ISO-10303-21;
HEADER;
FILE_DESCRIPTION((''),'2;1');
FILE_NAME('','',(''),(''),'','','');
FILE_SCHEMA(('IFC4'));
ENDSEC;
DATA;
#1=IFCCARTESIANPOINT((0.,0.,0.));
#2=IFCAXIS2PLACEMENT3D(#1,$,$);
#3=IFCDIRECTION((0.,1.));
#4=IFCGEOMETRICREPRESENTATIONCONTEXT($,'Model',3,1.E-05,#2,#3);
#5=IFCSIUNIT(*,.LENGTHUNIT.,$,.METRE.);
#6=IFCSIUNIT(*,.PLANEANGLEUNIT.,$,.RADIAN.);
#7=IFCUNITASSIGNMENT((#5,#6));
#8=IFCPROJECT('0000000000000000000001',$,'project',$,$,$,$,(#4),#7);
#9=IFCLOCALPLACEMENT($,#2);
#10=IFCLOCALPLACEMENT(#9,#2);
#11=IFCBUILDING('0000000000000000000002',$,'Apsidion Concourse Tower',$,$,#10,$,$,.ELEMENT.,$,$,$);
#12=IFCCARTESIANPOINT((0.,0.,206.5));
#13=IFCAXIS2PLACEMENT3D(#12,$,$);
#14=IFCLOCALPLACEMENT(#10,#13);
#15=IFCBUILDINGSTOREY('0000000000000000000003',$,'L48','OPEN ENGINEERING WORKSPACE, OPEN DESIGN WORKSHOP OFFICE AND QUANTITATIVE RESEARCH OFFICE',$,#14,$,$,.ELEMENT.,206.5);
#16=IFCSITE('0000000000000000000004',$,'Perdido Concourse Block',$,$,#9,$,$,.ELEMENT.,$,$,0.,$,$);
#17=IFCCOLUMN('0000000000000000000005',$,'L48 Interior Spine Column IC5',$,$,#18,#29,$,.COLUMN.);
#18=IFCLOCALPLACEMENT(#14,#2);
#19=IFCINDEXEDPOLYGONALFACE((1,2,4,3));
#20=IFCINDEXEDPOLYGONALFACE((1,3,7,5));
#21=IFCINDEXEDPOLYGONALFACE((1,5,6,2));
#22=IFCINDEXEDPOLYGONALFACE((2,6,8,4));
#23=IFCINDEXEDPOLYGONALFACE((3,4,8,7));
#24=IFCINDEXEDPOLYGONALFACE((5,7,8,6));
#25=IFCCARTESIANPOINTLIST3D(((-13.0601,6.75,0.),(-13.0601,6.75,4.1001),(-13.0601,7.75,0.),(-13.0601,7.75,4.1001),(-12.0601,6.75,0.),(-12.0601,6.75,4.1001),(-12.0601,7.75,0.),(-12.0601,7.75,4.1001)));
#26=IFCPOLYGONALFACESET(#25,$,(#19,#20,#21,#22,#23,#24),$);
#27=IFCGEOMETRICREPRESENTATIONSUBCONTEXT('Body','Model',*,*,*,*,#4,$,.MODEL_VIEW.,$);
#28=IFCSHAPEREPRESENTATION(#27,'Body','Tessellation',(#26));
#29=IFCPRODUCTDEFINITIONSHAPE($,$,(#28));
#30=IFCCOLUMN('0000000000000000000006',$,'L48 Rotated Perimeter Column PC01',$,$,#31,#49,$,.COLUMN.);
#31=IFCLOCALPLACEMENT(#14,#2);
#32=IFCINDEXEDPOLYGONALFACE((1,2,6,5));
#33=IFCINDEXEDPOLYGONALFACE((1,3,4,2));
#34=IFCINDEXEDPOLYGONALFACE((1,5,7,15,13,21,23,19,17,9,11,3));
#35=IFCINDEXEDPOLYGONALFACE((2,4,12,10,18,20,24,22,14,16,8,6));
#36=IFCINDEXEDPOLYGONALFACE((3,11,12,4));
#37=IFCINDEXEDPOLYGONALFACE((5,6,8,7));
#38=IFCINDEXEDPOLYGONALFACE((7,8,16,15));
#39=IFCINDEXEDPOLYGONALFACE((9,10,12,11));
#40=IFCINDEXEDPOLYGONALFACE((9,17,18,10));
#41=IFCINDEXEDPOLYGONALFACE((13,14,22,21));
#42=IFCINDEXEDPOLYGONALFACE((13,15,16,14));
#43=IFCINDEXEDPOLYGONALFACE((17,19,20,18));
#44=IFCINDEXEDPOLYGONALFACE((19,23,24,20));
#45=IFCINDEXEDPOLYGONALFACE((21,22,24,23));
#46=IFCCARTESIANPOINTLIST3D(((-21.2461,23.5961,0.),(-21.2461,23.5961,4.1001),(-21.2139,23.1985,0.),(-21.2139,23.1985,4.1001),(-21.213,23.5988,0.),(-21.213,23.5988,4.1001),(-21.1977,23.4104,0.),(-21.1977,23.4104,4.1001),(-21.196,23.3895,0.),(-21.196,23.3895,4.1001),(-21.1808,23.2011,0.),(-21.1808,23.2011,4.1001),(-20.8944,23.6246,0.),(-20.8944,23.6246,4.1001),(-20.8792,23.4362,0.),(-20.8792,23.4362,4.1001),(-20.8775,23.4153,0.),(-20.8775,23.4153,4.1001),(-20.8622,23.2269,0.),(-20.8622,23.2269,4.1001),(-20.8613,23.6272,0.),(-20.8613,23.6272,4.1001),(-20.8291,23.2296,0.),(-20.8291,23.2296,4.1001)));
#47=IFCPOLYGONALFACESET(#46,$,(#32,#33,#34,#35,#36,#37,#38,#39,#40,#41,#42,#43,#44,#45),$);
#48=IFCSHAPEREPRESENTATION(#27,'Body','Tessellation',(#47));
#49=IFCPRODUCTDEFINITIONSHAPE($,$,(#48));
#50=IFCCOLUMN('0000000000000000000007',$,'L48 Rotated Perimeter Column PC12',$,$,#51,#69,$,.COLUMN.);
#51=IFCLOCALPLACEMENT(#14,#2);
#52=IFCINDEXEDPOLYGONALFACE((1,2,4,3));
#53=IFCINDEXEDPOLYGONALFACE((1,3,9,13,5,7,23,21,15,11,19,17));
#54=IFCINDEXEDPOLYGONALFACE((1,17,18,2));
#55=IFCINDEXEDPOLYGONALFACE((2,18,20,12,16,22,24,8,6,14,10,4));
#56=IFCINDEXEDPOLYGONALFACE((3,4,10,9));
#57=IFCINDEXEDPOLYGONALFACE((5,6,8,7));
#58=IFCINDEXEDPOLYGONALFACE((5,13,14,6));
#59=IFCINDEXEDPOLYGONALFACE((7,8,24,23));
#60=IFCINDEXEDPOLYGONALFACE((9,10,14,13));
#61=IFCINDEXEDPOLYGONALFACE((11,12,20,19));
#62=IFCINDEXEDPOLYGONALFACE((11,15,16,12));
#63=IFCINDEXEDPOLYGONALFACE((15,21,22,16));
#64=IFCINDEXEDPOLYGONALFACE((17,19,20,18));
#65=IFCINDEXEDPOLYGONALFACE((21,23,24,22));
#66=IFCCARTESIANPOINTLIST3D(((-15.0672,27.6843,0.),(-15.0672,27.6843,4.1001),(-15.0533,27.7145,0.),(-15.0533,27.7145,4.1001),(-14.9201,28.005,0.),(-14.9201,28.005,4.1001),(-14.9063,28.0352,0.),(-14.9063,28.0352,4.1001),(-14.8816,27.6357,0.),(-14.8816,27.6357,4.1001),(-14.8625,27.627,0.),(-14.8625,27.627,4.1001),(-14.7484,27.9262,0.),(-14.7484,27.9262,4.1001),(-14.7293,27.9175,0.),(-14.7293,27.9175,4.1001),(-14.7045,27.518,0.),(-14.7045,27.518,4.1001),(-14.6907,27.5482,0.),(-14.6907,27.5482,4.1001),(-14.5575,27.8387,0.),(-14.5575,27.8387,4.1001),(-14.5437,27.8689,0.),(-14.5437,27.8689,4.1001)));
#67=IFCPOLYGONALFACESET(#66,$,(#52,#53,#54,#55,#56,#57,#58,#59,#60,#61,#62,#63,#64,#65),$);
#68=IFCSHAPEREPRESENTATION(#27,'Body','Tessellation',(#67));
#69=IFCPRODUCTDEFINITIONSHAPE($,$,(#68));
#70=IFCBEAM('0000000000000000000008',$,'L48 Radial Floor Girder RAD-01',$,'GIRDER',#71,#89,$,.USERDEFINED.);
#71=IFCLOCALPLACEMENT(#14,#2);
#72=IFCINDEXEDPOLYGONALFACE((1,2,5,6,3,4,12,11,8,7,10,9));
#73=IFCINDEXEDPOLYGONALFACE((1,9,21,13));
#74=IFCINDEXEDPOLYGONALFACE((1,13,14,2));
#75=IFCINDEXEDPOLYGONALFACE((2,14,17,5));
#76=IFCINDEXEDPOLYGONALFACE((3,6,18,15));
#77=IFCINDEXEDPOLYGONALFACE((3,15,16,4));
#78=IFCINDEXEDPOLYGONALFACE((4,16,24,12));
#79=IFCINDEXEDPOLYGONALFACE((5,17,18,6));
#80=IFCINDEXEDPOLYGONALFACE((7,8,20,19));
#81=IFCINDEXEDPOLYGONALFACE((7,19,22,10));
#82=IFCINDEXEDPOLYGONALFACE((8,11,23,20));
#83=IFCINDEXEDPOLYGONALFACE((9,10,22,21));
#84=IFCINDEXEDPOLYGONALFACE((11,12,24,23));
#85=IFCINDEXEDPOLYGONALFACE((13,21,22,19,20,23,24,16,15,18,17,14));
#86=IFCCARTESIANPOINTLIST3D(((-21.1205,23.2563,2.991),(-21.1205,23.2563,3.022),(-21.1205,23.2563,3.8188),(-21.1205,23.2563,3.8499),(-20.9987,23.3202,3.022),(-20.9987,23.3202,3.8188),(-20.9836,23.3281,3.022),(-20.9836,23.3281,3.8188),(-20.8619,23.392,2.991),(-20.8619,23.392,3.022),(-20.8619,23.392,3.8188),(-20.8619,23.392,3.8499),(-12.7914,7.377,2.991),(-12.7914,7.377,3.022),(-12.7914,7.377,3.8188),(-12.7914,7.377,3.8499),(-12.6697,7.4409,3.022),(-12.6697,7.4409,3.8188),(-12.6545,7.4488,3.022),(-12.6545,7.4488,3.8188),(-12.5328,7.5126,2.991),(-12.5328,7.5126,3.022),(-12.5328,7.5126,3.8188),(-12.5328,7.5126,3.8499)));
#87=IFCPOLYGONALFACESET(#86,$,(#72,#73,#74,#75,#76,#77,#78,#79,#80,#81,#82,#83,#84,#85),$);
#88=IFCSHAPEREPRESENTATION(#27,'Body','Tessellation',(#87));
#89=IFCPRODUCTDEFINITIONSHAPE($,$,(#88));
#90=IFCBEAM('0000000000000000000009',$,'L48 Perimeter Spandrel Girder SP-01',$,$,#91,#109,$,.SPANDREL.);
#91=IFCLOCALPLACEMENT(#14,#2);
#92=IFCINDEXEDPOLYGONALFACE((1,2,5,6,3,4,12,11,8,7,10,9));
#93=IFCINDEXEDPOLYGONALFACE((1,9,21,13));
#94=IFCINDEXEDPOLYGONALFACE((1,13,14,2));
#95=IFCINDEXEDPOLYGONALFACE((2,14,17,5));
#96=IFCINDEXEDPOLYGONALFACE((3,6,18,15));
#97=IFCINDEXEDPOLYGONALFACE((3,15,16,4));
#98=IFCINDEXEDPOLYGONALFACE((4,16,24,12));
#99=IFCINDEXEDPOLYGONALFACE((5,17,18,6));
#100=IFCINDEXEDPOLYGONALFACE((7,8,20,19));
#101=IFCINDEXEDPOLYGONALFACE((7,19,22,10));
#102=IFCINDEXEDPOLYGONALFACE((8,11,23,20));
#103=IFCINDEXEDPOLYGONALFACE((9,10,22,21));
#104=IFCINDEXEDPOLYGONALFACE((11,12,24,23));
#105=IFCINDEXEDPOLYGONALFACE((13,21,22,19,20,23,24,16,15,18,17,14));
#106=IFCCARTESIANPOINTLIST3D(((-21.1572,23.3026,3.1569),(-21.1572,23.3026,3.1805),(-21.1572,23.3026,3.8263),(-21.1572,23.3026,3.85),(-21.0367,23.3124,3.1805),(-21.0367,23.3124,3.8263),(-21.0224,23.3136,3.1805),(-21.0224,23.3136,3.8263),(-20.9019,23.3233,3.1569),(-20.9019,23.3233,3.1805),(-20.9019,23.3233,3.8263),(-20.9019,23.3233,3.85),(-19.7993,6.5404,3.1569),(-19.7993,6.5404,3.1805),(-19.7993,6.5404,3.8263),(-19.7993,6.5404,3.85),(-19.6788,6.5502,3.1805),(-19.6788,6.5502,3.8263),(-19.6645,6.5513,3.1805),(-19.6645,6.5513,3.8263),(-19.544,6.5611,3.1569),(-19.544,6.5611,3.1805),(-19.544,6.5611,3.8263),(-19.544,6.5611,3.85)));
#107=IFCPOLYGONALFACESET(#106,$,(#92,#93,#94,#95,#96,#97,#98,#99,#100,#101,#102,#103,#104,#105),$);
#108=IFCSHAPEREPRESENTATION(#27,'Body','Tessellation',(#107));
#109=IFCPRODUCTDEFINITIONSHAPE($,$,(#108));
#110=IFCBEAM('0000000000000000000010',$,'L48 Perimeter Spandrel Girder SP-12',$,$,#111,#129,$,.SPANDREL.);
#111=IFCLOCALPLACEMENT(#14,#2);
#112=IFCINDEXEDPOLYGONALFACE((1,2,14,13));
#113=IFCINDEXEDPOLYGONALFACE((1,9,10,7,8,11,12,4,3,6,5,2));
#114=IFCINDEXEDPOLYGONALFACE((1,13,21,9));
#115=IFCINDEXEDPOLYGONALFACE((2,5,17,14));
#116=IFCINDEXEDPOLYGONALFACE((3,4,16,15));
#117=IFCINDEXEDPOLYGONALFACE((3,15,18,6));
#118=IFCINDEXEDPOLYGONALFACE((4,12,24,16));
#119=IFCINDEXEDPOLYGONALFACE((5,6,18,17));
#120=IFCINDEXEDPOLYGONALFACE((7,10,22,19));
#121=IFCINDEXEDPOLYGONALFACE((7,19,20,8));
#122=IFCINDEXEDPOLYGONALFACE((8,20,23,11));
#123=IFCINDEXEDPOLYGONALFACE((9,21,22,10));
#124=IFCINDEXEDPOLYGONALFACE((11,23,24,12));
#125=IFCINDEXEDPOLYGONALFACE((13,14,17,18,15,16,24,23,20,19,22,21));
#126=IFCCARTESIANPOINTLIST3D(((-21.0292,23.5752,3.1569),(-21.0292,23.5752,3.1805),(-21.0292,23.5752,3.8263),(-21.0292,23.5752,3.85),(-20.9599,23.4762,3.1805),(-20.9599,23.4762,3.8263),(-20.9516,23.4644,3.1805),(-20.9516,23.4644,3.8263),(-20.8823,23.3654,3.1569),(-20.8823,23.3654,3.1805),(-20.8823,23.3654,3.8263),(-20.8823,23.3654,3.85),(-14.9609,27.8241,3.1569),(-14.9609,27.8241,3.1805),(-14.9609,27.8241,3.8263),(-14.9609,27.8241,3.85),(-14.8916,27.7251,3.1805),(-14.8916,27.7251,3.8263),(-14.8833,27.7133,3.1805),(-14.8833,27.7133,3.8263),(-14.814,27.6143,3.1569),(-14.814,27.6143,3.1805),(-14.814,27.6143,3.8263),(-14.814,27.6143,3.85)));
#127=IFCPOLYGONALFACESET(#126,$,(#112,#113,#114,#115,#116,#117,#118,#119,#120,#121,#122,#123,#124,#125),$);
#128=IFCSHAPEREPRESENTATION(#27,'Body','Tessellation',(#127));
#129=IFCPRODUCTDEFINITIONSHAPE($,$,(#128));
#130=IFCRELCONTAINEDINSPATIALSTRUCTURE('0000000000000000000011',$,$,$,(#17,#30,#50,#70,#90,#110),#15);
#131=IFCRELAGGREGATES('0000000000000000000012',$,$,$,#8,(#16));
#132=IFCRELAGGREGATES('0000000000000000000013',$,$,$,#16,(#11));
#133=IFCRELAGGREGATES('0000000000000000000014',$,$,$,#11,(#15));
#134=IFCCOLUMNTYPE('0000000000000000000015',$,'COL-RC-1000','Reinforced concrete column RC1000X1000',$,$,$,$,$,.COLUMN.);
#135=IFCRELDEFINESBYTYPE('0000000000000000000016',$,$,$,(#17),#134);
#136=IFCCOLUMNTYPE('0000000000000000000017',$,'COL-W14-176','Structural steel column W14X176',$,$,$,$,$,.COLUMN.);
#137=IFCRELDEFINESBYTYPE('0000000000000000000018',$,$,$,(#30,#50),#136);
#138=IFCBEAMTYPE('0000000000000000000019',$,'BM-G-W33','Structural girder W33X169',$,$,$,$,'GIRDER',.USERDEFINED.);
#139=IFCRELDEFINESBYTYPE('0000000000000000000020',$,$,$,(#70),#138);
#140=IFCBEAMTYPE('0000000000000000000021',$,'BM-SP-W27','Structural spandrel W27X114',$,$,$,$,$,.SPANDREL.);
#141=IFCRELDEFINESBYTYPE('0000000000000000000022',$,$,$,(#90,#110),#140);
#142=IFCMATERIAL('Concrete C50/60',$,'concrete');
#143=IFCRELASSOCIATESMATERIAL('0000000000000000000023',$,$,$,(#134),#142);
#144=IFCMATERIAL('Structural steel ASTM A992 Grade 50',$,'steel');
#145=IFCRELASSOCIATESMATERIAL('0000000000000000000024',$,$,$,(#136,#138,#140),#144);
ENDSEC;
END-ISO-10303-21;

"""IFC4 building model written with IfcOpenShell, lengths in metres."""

from ifc_helpers import new_model, si_unit, direction, frame, origin, origin_2d, place, context, subcontext, project, spatial, rectangle, i_section, extrude, material, material_profile, profile_set, type_object, element, save


model = new_model("IFC4")

# Units and contexts
model_context = context("Model", 3, precision=1e-05, world=origin(), true_north=direction((0.0, 1.0)))
body_context = subcontext(model_context, "Body", "Model", "MODEL_VIEW")
ifc_project = project(units=[si_unit("LENGTHUNIT", "METRE"), si_unit("PLANEANGLEUNIT", "RADIAN")], contexts=[model_context])

# Site, building, storey
site_placement = place(None, origin())
site = spatial("IfcSite", under=ifc_project, at=site_placement, Name="Perdido Concourse Block", CompositionType="ELEMENT", RefElevation=0.0)
building_placement = place(site_placement, origin())
building = spatial("IfcBuilding", under=site, at=building_placement, Name="Apsidion Concourse Tower", CompositionType="ELEMENT")
storey_placement = place(building_placement, frame((0.0, 0.0, 206.5)))
storey = spatial("IfcBuildingStorey", under=building, at=storey_placement, Name="L48", Description="OPEN ENGINEERING WORKSPACE, OPEN DESIGN WORKSHOP OFFICE AND QUANTITATIVE RESEARCH OFFICE", CompositionType="ELEMENT", Elevation=206.5)

# Columns
ifc_material_1 = material(Name="Concrete C50/60", Category="concrete")
ifc_material_profile_1 = material_profile(ifc_material_1, rectangle(XDim=1.0, YDim=1.0, at=origin_2d()), Name="RC 1000x1000")
ifc_profile_set_1 = profile_set([ifc_material_profile_1], Name="Concrete C50/60")
column_type_1 = type_object("IfcColumnType", Name="COL-RC-1000", Description="Reinforced concrete column RC1000X1000", PredefinedType="COLUMN", material=ifc_profile_set_1)
column_placement = place(storey_placement, frame((-12.5601, 7.25, 0.0), z_axis=(0.0, 0.0, 1.0), x_axis=(1.0, 0.0, 0.0)))
element("IfcColumn", 1, at=column_placement, inside=storey, type_object=column_type_1, Name="L48 Interior Spine Column IC5", PredefinedType="COLUMN", context=body_context, shape_type="SweptSolid", body=[
    extrude(rectangle(XDim=1.0, YDim=1.0, at=origin_2d()), origin(), (0.0, 0.0, 1.0), 4.1001),
])
ifc_material_2 = material(Name="Structural steel ASTM A992 Grade 50", Category="steel")
ifc_material_profile_2 = material_profile(ifc_material_2, i_section(OverallWidth=0.3989, OverallDepth=0.386, WebThickness=0.021, FlangeThickness=0.0332, at=origin_2d()), Name="W14X176")
ifc_profile_set_2 = profile_set([ifc_material_profile_2], Name="Structural steel ASTM A992 Grade 50")
column_type_2 = type_object("IfcColumnType", Name="COL-W14-176", Description="Structural steel column W14X176", PredefinedType="COLUMN", material=ifc_profile_set_2)
for number, where, z_axis, x_axis, name in (
    (2, (-21.0376, 23.4128, 0.0), (0.0, 0.0, 1.0), (-0.080721, 0.996737, 0.0), "L48 Rotated Perimeter Column PC01"),
    (3, (-14.8054, 27.7766, 0.0), (0.0, 0.0, 1.0), (-0.909018, 0.416757, 0.0), "L48 Rotated Perimeter Column PC12"),
):
    element("IfcColumn", number, at=place(storey_placement, frame(where, z_axis=z_axis, x_axis=x_axis)), inside=storey, type_object=column_type_2, Name=name, PredefinedType="COLUMN", context=body_context, shape_type="SweptSolid", body=[
        extrude(i_section(OverallWidth=0.3989, OverallDepth=0.386, WebThickness=0.021, FlangeThickness=0.0332, at=origin_2d()), origin(), (0.0, 0.0, 1.0), 4.1001),
    ])

# Beams
ifc_material_profile_3 = material_profile(ifc_material_2, i_section(OverallWidth=0.292, OverallDepth=0.8589, WebThickness=0.0171, FlangeThickness=0.031, at=origin_2d()), Name="W33X169")
ifc_profile_set_3 = profile_set([ifc_material_profile_3], Name="Structural steel ASTM A992 Grade 50")
beam_type_1 = type_object("IfcBeamType", Name="BM-G-W33", Description="Structural girder W33X169", ElementType="GIRDER", PredefinedType="USERDEFINED", material=ifc_profile_set_3)
beam_1_placement = place(storey_placement, frame((-12.6621, 7.4448, 3.4204), z_axis=(-0.464502, 0.885572, 0.0), x_axis=(-0.885572, -0.464502, 0.0)))
element("IfcBeam", 4, at=beam_1_placement, inside=storey, type_object=beam_type_1, Name="L48 Radial Floor Girder RAD-01", ObjectType="GIRDER", PredefinedType="USERDEFINED", context=body_context, shape_type="SweptSolid", body=[
    extrude(i_section(OverallWidth=0.292, OverallDepth=0.8589, WebThickness=0.0171, FlangeThickness=0.031, at=origin_2d()), origin(), (0.0, 0.0, 1.0), 17.9312),
])
ifc_material_profile_4 = material_profile(ifc_material_2, i_section(OverallWidth=0.2561, OverallDepth=0.6931, WebThickness=0.0144, FlangeThickness=0.0237, at=origin_2d()), Name="W27X114")
ifc_profile_set_4 = profile_set([ifc_material_profile_4], Name="Structural steel ASTM A992 Grade 50")
beam_type_2 = type_object("IfcBeamType", Name="BM-SP-W27", Description="Structural spandrel W27X114", PredefinedType="SPANDREL", material=ifc_profile_set_4)
beam_2_placement = place(storey_placement, frame((-21.0295, 23.313, 3.5034), z_axis=(0.080746, -0.996735, 0.0), x_axis=(0.996735, 0.080746, 0.0)))
element("IfcBeam", 5, at=beam_2_placement, inside=storey, type_object=beam_type_2, Name="L48 Perimeter Spandrel Girder SP-01", PredefinedType="SPANDREL", context=body_context, shape_type="SweptSolid", body=[
    extrude(i_section(OverallWidth=0.2561, OverallDepth=0.6931, WebThickness=0.0144, FlangeThickness=0.0237, at=origin_2d()), origin(), (0.0, 0.0, 1.0), 16.8171),
])
beam_3_placement = place(storey_placement, frame((-14.8875, 27.7192, 3.5034), z_axis=(-0.819158, -0.573569, 0.0), x_axis=(0.573569, -0.819158, 0.0)))
element("IfcBeam", 6, at=beam_3_placement, inside=storey, type_object=beam_type_2, Name="L48 Perimeter Spandrel Girder SP-12", PredefinedType="SPANDREL", context=body_context, shape_type="SweptSolid", body=[
    extrude(i_section(OverallWidth=0.2561, OverallDepth=0.6931, WebThickness=0.0144, FlangeThickness=0.0237, at=origin_2d()), origin(), (0.0, 0.0, 1.0), 7.408),
])

save(model, "model.ifc")
